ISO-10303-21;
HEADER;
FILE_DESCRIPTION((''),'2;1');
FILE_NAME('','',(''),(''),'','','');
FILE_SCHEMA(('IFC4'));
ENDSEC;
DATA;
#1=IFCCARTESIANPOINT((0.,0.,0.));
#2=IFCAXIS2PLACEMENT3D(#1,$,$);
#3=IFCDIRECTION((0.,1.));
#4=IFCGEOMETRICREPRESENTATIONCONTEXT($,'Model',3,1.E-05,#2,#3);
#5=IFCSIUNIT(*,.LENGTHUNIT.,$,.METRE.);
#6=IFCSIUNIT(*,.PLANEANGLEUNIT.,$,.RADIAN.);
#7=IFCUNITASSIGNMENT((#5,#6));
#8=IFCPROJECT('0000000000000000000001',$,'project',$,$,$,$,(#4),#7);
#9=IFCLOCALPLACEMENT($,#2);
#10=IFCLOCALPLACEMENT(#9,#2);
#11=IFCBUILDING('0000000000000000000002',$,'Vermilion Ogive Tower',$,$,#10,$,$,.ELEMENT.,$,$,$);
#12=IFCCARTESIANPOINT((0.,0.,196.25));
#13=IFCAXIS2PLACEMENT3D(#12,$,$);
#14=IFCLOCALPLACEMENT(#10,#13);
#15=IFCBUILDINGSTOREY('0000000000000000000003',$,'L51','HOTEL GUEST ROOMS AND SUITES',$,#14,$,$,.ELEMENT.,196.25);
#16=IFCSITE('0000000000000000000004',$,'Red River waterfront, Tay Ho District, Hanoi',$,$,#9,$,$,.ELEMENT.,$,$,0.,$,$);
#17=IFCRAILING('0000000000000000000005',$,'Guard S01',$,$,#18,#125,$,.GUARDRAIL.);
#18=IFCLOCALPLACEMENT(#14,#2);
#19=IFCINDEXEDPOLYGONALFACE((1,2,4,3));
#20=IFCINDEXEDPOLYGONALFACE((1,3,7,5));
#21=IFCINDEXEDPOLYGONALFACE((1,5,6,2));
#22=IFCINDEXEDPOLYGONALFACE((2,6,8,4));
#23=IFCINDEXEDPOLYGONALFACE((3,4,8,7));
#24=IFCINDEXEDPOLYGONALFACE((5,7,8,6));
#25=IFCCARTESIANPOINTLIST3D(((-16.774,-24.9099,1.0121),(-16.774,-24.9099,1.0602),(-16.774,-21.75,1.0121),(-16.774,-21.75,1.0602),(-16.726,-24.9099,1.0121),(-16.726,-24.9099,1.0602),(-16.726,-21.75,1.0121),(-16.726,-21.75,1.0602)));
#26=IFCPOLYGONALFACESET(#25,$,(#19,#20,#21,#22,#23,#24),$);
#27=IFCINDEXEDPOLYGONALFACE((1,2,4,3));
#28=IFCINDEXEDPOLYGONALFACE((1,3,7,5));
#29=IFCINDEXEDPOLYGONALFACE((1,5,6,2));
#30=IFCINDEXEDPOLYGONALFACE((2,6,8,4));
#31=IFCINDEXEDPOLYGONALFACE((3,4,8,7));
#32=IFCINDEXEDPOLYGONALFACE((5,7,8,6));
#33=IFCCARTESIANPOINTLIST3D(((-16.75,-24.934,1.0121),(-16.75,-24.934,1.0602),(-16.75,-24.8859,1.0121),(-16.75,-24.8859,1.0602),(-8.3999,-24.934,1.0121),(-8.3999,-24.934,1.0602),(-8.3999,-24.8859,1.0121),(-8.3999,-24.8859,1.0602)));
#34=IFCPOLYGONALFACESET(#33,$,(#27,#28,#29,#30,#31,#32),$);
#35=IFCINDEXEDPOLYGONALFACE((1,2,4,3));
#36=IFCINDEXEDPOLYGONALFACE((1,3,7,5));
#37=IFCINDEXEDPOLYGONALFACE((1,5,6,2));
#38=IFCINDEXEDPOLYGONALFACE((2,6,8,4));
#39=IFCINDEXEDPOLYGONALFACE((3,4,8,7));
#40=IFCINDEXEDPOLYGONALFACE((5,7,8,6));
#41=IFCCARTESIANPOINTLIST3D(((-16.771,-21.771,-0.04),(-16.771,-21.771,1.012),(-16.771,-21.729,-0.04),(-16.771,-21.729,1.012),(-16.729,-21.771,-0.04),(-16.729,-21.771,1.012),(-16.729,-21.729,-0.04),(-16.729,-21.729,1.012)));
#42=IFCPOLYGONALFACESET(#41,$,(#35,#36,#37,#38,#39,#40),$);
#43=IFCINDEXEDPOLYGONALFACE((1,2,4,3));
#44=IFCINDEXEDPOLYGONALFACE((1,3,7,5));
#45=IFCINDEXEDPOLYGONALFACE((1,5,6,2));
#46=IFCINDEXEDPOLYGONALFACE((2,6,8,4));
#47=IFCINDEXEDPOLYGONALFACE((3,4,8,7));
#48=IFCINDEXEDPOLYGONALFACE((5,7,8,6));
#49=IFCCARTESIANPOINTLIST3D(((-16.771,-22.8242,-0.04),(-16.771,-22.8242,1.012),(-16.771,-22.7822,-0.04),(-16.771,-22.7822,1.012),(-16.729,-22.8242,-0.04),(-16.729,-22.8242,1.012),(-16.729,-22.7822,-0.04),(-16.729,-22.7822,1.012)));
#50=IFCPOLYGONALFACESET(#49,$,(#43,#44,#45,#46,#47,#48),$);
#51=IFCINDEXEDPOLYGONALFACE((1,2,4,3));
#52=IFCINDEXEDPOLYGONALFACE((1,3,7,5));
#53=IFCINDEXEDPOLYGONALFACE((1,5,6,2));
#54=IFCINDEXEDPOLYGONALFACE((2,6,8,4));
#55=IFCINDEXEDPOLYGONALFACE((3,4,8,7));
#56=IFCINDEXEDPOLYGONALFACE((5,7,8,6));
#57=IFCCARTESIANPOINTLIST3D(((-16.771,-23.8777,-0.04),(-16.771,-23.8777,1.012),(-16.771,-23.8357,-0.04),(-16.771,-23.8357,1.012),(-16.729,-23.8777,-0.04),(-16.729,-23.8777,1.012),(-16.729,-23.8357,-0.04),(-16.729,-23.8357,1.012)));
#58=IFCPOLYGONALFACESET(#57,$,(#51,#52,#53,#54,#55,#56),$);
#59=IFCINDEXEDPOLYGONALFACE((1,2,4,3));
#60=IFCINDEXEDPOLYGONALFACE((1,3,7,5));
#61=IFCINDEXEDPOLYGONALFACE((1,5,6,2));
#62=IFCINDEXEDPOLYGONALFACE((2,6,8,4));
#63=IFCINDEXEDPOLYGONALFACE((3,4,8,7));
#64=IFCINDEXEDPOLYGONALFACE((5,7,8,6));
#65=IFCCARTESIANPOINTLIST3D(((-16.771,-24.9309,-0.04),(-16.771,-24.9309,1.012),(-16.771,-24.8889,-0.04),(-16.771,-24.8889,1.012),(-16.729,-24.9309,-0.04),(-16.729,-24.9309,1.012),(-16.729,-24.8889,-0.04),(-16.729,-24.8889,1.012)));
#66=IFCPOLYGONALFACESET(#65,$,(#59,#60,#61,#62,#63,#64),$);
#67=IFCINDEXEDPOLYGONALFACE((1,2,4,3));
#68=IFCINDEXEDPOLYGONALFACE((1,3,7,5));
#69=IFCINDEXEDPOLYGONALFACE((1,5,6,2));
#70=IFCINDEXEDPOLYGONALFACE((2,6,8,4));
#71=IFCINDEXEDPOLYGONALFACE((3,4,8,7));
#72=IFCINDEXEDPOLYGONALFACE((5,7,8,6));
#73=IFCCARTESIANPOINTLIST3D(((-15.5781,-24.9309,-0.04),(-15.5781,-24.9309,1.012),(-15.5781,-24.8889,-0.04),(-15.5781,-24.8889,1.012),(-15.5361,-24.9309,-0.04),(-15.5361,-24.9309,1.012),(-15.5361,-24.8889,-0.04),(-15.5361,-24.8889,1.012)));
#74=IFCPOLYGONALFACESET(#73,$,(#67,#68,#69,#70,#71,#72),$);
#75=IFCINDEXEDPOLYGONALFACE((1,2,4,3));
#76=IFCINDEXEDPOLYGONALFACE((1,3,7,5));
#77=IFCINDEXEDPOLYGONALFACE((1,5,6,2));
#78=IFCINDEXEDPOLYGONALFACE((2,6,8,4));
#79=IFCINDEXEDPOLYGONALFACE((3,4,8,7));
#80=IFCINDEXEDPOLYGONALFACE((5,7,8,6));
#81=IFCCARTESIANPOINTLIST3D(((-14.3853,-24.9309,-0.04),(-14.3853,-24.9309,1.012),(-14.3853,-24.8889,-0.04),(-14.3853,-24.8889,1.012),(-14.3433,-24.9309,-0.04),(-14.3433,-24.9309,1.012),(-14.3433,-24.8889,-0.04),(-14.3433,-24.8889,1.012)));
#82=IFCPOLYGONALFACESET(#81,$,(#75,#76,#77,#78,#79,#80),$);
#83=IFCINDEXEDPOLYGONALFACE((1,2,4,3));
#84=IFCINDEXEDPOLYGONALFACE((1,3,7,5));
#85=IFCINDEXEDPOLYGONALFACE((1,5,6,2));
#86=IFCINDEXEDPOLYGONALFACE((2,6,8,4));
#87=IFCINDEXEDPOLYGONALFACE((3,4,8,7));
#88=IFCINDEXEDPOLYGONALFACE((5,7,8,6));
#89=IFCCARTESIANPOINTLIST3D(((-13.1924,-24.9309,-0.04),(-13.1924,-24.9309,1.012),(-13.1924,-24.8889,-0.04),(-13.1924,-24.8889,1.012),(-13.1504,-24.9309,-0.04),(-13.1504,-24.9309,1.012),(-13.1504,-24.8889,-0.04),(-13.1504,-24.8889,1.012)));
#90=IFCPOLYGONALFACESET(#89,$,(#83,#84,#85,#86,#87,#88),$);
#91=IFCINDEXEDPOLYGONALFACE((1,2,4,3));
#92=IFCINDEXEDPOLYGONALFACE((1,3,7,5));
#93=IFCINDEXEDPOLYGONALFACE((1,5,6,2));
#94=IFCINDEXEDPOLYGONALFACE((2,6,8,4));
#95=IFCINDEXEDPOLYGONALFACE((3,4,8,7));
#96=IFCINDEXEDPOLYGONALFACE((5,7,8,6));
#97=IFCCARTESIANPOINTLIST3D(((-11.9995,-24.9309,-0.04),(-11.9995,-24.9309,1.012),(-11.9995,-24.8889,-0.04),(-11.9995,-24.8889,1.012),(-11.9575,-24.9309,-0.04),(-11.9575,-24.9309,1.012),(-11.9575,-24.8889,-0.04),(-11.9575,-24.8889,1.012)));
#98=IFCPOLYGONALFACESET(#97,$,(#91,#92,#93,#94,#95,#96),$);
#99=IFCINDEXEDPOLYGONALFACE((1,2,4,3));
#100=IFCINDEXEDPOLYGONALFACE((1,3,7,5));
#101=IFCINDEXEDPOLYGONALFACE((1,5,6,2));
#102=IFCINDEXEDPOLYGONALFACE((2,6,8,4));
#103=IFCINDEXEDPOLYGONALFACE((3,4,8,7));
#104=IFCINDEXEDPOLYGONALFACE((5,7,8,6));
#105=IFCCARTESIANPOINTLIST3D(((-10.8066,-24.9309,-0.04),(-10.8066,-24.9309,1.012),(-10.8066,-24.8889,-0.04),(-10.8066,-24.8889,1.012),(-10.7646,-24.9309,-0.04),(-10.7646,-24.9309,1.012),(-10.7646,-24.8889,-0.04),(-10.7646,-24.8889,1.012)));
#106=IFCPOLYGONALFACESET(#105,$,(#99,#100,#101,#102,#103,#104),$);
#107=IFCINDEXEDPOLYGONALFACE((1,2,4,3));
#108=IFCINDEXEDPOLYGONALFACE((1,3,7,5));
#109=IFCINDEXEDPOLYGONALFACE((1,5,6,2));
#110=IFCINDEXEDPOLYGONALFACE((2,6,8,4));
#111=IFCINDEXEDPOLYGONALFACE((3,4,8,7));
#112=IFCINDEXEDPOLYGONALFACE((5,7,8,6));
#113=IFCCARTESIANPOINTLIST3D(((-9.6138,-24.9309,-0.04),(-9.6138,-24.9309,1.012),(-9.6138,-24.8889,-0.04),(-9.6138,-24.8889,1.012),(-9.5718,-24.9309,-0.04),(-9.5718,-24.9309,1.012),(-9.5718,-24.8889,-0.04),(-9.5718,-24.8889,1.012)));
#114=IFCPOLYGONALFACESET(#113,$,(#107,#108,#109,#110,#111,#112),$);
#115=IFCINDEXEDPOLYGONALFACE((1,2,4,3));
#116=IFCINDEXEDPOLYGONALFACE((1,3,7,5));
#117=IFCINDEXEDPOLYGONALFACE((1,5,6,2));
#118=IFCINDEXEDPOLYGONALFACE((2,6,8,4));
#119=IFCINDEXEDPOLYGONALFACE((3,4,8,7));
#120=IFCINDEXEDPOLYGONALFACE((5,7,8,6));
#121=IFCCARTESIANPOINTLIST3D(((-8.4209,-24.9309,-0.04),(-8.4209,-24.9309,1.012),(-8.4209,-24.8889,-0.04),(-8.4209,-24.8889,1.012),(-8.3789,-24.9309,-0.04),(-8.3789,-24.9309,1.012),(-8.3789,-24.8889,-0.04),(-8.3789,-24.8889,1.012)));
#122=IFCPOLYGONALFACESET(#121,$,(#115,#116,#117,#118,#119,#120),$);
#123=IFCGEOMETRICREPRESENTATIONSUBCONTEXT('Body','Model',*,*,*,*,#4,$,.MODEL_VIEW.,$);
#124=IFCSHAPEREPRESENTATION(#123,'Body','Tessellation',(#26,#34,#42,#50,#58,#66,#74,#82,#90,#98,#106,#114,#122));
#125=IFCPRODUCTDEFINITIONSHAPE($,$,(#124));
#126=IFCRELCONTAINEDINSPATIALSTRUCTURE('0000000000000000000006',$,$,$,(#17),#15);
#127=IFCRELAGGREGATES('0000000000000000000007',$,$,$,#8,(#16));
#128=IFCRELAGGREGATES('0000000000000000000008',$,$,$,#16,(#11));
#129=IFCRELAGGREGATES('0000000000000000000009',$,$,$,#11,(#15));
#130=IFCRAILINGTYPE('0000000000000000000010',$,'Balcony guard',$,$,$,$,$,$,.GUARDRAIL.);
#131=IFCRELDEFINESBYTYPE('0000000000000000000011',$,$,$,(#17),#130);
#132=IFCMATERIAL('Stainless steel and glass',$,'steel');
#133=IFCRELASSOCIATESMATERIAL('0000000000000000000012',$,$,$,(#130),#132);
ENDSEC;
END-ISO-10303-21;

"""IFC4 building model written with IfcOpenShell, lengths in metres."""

from ifc_helpers import new_model, si_unit, direction, frame, origin, origin_2d, place, context, subcontext, project, spatial, rectangle, extrude, material, type_object, element, save


model = new_model("IFC4")

# Units and contexts
model_context = context("Model", 3, precision=1e-05, world=origin(), true_north=direction((0.0, 1.0)))
body_context = subcontext(model_context, "Body", "Model", "MODEL_VIEW")
ifc_project = project(units=[si_unit("LENGTHUNIT", "METRE"), si_unit("PLANEANGLEUNIT", "RADIAN")], contexts=[model_context])

# Site, building, storey
site_placement = place(None, origin())
site = spatial("IfcSite", under=ifc_project, at=site_placement, Name="Red River waterfront, Tay Ho District, Hanoi", CompositionType="ELEMENT", RefElevation=0.0)
building_placement = place(site_placement, origin())
building = spatial("IfcBuilding", under=site, at=building_placement, Name="Vermilion Ogive Tower", CompositionType="ELEMENT")
storey_placement = place(building_placement, frame((0.0, 0.0, 196.25)))
storey = spatial("IfcBuildingStorey", under=building, at=storey_placement, Name="L51", Description="HOTEL GUEST ROOMS AND SUITES", CompositionType="ELEMENT", Elevation=196.25)

# Railing
ifc_material_1 = material(Name="Stainless steel and glass", Category="steel")
railing_type = type_object("IfcRailingType", Name="Balcony guard", PredefinedType="GUARDRAIL", material=ifc_material_1)
railing_placement = place(storey_placement, frame((-16.75, -21.75, -0.04)))
element("IfcRailing", 1, at=railing_placement, inside=storey, type_object=railing_type, Name="Guard S01", PredefinedType="GUARDRAIL", context=body_context, shape_type="SweptSolid", body=[
    extrude(rectangle(XDim=0.0481, YDim=0.0481, at=origin_2d()), frame((0.0, 0.0, 1.0762), z_axis=(0.0, -1.0, 0.0), x_axis=(1.0, 0.0, 0.0)), (0.0, 0.0, 1.0), 3.1599),
    extrude(rectangle(XDim=0.0481, YDim=0.0481, at=origin_2d()), frame((0.0, -3.1599, 1.0762), z_axis=(1.0, 0.0, 0.0), x_axis=(0.0, 1.0, 0.0)), (0.0, 0.0, 1.0), 8.3501),
    extrude(rectangle(XDim=0.042, YDim=0.042, at=origin_2d()), origin(), (0.0, 0.0, 1.0), 1.052),
    extrude(rectangle(XDim=0.042, YDim=0.042, at=origin_2d()), frame((0.0, -1.0532, 0.0)), (0.0, 0.0, 1.0), 1.052),
    extrude(rectangle(XDim=0.042, YDim=0.042, at=origin_2d()), frame((0.0, -2.1067, 0.0)), (0.0, 0.0, 1.0), 1.052),
    extrude(rectangle(XDim=0.042, YDim=0.042, at=origin_2d()), frame((0.0, -3.1599, 0.0)), (0.0, 0.0, 1.0), 1.052),
    extrude(rectangle(XDim=0.042, YDim=0.042, at=origin_2d()), frame((1.1929, -3.1599, 0.0)), (0.0, 0.0, 1.0), 1.052),
    extrude(rectangle(XDim=0.042, YDim=0.042, at=origin_2d()), frame((2.3857, -3.1599, 0.0)), (0.0, 0.0, 1.0), 1.052),
    extrude(rectangle(XDim=0.042, YDim=0.042, at=origin_2d()), frame((3.5786, -3.1599, 0.0)), (0.0, 0.0, 1.0), 1.052),
    extrude(rectangle(XDim=0.042, YDim=0.042, at=origin_2d()), frame((4.7715, -3.1599, 0.0)), (0.0, 0.0, 1.0), 1.052),
    extrude(rectangle(XDim=0.042, YDim=0.042, at=origin_2d()), frame((5.9644, -3.1599, 0.0)), (0.0, 0.0, 1.0), 1.052),
    extrude(rectangle(XDim=0.042, YDim=0.042, at=origin_2d()), frame((7.1572, -3.1599, 0.0)), (0.0, 0.0, 1.0), 1.052),
    extrude(rectangle(XDim=0.042, YDim=0.042, at=origin_2d()), frame((8.3501, -3.1599, 0.0)), (0.0, 0.0, 1.0), 1.052),
])

save(model, "model.ifc")
